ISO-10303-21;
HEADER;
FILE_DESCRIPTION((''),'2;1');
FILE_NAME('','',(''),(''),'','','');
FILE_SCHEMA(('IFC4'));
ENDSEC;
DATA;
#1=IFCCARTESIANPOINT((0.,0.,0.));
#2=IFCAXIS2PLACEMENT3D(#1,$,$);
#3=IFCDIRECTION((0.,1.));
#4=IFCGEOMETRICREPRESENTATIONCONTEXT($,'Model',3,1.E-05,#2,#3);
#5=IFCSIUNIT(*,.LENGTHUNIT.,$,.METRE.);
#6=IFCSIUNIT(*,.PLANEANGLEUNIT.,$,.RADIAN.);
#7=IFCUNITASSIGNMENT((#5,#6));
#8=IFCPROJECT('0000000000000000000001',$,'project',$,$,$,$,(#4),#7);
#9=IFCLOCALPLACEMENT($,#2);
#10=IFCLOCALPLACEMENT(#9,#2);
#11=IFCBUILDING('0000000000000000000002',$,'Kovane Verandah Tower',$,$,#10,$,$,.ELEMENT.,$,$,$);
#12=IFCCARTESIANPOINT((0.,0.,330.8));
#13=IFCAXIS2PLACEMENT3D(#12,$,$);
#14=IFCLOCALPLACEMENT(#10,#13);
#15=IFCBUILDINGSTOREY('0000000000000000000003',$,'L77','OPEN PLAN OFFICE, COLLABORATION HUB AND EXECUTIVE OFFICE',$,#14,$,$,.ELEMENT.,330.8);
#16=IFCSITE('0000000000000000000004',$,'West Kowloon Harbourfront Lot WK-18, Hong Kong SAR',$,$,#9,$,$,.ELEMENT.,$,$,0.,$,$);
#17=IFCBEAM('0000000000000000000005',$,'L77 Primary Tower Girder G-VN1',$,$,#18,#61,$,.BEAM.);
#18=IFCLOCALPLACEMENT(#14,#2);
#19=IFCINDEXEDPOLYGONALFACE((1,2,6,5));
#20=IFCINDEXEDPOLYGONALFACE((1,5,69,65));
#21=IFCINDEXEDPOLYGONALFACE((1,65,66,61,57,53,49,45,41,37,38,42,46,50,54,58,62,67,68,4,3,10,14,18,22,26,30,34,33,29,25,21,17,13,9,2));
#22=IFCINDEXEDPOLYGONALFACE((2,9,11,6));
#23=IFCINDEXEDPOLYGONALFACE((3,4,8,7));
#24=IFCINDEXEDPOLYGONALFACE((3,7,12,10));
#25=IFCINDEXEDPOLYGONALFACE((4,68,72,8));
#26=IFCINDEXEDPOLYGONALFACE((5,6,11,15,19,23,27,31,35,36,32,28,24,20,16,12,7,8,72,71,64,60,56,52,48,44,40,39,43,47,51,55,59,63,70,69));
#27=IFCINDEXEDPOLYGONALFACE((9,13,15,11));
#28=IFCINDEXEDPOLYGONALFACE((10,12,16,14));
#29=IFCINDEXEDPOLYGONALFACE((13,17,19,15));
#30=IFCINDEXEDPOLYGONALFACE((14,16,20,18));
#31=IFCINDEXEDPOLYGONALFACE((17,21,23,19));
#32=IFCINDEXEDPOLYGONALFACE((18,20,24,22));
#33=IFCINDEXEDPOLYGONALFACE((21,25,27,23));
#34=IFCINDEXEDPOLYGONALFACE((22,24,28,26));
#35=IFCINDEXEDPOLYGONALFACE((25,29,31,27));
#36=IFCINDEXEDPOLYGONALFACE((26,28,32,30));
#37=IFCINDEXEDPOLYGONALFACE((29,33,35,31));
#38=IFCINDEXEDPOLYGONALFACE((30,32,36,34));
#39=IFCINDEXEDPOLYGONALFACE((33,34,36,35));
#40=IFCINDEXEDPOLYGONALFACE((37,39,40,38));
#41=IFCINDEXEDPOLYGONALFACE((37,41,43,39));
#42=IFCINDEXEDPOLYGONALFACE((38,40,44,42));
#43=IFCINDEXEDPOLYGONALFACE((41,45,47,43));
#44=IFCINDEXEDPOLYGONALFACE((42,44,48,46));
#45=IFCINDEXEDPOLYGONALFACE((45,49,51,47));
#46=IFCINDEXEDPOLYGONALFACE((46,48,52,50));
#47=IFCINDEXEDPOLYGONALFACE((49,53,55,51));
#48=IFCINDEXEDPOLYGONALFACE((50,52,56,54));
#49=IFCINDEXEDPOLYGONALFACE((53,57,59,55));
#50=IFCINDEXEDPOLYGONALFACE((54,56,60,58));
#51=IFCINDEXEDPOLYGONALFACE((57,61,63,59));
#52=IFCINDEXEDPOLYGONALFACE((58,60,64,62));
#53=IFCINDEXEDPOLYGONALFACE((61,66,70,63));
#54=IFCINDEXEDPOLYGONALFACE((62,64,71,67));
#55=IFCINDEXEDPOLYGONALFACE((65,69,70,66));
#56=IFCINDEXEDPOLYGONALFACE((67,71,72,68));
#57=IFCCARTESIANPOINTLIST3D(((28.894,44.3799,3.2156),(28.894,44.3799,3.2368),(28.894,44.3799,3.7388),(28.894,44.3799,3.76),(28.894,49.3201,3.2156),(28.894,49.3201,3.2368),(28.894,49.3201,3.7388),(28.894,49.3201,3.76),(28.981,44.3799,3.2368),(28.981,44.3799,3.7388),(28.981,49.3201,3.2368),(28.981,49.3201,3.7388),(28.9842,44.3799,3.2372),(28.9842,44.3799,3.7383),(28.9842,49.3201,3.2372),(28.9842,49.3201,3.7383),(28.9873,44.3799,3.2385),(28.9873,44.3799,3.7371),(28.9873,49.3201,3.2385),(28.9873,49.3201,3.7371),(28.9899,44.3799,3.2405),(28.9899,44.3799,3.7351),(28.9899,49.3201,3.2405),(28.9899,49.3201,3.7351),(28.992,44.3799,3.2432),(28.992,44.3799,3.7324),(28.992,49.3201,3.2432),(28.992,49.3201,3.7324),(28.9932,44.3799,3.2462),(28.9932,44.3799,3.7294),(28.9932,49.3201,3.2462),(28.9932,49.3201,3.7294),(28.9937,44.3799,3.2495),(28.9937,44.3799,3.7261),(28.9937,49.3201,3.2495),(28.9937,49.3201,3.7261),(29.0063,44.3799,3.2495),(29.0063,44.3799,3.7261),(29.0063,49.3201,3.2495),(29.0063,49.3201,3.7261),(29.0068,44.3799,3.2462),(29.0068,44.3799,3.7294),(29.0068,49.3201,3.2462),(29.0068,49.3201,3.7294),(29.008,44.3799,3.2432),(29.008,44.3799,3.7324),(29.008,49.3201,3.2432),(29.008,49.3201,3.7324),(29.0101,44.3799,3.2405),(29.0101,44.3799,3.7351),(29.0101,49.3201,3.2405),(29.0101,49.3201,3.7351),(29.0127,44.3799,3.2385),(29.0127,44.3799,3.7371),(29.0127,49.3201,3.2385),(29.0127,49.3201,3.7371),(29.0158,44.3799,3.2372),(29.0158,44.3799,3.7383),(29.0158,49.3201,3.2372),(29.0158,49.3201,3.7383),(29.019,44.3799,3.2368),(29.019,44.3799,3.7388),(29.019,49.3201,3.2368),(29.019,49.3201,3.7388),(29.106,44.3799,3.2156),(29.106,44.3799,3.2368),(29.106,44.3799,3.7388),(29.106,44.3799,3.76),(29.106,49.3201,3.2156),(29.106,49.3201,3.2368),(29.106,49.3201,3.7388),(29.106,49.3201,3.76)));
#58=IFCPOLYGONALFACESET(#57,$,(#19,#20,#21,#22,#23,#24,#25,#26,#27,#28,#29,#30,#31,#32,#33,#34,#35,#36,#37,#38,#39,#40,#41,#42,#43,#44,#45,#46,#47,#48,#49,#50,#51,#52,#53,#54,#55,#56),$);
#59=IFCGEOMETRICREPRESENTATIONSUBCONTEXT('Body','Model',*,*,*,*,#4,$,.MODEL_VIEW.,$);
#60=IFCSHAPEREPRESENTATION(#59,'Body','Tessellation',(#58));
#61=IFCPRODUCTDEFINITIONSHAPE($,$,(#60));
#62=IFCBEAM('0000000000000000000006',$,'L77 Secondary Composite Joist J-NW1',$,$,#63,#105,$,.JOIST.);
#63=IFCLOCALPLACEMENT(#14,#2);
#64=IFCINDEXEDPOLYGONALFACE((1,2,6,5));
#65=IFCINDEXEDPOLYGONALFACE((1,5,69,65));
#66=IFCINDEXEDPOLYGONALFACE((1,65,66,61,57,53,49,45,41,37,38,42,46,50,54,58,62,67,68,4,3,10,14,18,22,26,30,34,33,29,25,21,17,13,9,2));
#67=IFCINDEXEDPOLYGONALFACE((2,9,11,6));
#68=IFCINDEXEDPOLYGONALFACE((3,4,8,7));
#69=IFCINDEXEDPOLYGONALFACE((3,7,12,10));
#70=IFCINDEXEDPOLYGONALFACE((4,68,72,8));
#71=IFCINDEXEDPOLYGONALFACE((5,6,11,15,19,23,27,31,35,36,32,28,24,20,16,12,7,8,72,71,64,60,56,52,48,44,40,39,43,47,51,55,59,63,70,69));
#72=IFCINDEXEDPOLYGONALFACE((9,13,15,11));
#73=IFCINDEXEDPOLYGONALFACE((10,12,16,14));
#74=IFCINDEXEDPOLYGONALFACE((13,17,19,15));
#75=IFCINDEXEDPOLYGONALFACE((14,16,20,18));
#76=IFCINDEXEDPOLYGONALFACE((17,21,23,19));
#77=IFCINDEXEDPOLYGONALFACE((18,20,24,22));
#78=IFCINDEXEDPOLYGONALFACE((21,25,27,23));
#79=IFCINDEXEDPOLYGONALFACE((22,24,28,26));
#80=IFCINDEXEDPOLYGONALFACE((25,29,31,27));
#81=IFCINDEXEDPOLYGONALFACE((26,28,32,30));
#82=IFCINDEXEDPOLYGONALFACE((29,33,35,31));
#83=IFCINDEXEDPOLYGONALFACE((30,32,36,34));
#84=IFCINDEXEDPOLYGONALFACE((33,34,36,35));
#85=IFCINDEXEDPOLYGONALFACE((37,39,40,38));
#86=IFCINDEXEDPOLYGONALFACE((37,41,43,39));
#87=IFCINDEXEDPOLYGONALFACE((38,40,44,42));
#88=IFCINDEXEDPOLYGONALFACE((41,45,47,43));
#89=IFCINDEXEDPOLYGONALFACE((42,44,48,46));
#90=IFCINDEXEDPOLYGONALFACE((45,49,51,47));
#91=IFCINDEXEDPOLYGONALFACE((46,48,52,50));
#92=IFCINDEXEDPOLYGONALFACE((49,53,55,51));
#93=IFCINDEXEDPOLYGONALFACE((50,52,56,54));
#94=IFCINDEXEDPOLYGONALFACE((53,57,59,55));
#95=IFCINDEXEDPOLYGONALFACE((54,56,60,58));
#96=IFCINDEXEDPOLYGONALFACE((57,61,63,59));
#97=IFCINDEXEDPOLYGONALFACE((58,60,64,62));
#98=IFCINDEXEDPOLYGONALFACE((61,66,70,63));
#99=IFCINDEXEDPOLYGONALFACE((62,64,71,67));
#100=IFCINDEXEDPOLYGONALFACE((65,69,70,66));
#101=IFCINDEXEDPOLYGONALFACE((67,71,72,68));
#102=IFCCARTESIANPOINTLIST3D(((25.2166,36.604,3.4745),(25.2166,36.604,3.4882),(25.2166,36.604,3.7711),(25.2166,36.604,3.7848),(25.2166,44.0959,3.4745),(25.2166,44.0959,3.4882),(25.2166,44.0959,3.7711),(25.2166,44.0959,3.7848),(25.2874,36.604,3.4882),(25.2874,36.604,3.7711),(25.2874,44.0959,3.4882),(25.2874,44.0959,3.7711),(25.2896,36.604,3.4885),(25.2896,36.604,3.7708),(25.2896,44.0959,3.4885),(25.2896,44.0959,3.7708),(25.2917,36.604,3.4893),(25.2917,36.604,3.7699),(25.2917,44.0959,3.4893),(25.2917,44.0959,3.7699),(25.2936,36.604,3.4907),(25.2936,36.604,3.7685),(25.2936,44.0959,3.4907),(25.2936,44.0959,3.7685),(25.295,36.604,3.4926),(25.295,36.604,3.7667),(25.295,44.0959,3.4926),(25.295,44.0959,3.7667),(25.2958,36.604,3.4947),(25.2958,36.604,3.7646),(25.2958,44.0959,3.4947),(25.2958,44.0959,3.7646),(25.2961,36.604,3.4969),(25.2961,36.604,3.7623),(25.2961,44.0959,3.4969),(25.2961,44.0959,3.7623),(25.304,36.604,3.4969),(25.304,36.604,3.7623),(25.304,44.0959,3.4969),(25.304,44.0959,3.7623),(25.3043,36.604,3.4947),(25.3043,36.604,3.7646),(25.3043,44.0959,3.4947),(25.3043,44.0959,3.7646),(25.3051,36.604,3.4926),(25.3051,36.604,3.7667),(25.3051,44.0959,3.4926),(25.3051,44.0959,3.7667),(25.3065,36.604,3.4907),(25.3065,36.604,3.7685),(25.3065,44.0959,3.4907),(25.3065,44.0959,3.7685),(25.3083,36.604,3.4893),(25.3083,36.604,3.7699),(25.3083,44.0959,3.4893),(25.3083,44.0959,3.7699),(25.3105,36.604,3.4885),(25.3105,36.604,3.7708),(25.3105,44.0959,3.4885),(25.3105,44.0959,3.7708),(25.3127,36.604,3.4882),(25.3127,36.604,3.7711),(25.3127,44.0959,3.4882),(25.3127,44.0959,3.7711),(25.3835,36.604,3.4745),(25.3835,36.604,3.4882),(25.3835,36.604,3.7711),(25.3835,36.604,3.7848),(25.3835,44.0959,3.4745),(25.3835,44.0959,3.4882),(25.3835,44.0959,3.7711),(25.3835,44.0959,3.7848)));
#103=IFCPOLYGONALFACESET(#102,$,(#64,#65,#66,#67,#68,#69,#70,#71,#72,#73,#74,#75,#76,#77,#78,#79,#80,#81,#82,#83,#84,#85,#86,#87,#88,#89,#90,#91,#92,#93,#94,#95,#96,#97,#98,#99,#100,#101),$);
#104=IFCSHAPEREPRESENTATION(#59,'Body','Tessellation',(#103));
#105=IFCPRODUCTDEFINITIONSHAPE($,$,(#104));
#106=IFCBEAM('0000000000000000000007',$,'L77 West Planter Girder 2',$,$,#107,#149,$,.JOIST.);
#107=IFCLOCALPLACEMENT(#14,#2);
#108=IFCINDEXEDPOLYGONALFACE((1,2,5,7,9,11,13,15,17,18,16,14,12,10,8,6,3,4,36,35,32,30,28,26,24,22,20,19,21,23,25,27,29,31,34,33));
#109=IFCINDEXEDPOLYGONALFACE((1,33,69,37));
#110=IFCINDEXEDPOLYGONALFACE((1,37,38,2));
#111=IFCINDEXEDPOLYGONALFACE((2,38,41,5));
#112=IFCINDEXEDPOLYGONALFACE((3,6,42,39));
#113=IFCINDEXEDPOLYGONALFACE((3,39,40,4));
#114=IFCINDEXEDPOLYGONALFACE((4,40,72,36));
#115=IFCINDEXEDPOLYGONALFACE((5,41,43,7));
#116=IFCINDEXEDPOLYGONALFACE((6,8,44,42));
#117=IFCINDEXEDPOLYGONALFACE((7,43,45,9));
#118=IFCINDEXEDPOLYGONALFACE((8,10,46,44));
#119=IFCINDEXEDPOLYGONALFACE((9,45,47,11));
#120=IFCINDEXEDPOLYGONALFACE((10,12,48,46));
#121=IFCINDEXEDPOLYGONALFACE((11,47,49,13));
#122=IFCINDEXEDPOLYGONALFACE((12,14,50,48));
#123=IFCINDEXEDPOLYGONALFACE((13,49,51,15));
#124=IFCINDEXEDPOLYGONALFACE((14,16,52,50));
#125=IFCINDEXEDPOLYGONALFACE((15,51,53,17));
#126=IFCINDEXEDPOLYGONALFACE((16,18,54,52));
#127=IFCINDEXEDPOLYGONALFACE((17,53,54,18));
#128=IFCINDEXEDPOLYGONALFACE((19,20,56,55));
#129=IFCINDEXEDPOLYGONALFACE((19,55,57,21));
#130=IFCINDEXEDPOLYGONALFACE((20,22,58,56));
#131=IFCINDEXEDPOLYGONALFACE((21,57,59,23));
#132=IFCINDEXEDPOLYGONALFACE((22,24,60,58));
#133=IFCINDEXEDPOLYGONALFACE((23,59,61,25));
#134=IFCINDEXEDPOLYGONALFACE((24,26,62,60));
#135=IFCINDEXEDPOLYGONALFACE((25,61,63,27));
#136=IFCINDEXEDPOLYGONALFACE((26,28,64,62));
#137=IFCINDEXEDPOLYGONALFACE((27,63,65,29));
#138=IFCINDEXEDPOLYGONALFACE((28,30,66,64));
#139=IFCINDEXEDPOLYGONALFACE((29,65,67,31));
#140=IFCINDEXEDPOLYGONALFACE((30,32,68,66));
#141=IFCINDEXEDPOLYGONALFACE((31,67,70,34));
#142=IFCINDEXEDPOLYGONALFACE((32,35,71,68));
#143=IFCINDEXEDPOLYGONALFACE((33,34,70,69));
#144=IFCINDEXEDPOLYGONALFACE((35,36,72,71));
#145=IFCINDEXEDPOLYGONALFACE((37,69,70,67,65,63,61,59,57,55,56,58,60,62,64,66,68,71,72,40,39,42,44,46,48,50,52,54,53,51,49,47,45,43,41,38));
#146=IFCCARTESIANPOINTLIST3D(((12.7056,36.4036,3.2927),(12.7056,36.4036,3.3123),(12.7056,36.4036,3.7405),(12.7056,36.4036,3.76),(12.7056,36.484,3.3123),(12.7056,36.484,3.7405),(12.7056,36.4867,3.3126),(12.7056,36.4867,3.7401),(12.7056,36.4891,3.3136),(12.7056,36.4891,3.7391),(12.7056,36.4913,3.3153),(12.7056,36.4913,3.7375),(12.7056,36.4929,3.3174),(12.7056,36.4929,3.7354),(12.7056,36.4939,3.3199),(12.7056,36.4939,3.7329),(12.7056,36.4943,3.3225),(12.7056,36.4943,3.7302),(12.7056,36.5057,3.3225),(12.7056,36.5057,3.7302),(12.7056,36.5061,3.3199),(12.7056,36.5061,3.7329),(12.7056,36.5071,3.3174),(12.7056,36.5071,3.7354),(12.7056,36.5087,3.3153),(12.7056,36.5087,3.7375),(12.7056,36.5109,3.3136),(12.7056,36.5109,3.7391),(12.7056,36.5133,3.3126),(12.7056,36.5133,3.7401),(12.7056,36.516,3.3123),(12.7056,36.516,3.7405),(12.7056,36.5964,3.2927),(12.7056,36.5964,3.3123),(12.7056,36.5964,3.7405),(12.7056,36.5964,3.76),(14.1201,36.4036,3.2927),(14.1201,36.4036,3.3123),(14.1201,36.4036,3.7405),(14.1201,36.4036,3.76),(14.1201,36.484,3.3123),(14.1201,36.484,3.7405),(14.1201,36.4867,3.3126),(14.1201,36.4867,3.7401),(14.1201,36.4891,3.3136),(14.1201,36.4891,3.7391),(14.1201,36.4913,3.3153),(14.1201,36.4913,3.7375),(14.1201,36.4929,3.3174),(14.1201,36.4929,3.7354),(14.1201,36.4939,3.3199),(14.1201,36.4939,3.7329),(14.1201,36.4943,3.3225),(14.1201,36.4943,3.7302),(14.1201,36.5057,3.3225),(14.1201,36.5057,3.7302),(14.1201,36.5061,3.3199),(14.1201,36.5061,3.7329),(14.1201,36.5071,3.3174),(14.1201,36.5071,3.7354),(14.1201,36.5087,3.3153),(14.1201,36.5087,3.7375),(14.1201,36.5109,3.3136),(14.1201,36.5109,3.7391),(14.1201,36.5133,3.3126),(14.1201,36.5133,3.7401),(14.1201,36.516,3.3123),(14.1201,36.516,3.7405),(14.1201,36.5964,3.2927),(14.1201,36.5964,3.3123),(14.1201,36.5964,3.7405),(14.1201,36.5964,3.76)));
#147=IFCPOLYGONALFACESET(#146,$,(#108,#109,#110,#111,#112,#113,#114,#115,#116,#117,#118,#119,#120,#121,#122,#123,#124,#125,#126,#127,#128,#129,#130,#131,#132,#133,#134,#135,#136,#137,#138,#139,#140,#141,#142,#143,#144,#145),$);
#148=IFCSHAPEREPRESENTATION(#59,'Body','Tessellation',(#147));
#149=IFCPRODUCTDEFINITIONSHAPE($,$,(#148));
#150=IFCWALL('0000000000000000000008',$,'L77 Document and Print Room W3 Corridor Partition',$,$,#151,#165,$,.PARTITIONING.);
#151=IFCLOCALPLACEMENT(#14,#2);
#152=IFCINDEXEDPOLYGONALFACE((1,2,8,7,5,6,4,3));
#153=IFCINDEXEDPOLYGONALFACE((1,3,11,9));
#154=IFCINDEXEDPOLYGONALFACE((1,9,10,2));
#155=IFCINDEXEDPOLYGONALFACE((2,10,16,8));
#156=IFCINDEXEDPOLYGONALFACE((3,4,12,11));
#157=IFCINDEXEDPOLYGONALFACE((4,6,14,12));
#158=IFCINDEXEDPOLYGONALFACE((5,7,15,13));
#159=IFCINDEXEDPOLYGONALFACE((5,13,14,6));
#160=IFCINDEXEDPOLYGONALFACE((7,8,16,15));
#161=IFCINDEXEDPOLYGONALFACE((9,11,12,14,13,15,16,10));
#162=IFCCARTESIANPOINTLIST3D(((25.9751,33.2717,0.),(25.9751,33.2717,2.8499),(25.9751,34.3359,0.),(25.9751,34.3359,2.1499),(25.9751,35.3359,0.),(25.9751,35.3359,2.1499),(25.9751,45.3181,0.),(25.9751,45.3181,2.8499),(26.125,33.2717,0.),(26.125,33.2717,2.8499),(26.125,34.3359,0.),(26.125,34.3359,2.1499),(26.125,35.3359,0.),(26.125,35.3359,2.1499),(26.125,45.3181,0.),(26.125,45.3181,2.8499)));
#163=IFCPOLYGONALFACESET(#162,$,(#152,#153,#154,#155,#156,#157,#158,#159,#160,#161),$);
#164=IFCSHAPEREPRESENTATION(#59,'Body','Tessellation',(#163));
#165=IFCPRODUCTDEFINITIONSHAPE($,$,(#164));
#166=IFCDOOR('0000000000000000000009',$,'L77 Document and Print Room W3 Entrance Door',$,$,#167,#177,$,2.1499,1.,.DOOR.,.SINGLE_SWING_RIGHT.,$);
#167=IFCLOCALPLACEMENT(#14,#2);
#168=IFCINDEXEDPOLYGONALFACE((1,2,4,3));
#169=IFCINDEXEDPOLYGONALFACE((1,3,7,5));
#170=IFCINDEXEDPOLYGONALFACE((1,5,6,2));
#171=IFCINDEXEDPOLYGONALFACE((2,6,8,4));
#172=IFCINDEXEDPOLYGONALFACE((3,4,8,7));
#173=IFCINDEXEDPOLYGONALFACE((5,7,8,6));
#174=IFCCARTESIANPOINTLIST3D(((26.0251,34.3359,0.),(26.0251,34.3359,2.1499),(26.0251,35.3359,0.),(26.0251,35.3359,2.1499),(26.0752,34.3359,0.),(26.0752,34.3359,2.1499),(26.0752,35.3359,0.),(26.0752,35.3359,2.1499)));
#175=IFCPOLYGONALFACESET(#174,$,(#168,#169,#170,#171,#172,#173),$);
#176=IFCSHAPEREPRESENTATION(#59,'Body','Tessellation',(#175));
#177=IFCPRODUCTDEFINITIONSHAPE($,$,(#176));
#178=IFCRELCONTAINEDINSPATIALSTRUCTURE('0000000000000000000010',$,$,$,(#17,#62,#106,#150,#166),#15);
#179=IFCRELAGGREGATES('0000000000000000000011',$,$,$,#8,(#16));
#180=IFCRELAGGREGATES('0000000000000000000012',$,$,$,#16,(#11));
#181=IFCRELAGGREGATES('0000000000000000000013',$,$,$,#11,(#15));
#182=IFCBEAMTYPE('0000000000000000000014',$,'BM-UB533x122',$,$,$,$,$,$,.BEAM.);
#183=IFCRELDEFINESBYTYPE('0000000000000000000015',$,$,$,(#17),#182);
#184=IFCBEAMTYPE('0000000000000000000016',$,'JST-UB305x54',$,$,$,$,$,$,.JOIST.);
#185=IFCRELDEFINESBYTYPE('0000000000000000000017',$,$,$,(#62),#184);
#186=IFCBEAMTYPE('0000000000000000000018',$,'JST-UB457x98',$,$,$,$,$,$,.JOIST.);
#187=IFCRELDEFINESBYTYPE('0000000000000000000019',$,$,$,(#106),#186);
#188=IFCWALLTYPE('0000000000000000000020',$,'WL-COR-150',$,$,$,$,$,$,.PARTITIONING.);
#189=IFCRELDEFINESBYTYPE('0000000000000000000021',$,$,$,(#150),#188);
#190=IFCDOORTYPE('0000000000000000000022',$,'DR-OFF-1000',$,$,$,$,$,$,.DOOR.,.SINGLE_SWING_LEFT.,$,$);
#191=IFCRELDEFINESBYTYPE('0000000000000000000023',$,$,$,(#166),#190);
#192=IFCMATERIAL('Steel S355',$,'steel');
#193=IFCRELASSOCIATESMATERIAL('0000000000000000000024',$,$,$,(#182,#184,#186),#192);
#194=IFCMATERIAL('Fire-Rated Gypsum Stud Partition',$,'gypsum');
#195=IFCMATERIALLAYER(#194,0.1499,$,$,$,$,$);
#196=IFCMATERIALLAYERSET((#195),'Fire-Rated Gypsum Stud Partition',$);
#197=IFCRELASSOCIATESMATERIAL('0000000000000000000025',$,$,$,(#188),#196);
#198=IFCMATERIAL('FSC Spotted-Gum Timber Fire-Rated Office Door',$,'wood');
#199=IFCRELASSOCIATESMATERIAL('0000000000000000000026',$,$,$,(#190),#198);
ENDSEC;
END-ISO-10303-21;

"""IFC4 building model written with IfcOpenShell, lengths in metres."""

from ifc_helpers import new_model, si_unit, direction, frame, frame_2d, origin, origin_2d, place, context, subcontext, project, spatial, rectangle, i_section, extrude, material, layer, layer_set, material_profile, profile_set, type_object, element, fill, save


model = new_model("IFC4")

# Units and contexts
model_context = context("Model", 3, precision=1e-05, world=origin(), true_north=direction((0.0, 1.0)))
body_context = subcontext(model_context, "Body", "Model", "MODEL_VIEW")
ifc_project = project(units=[si_unit("LENGTHUNIT", "METRE"), si_unit("PLANEANGLEUNIT", "RADIAN")], contexts=[model_context])

# Site, building, storey
site_placement = place(None, origin())
site = spatial("IfcSite", under=ifc_project, at=site_placement, Name="West Kowloon Harbourfront Lot WK-18, Hong Kong SAR", CompositionType="ELEMENT", RefElevation=0.0)
building_placement = place(site_placement, origin())
building = spatial("IfcBuilding", under=site, at=building_placement, Name="Kovane Verandah Tower", CompositionType="ELEMENT")
storey_placement = place(building_placement, frame((0.0, 0.0, 330.8)))
storey = spatial("IfcBuildingStorey", under=building, at=storey_placement, Name="L77", Description="OPEN PLAN OFFICE, COLLABORATION HUB AND EXECUTIVE OFFICE", CompositionType="ELEMENT", Elevation=330.8)

# Beams
ifc_material_1 = material(Name="Steel S355", Category="steel")
ifc_material_profile_1 = material_profile(ifc_material_1, i_section(OverallWidth=0.2119, OverallDepth=0.5444, WebThickness=0.0127, FlangeThickness=0.0212, FilletRadius=0.0127, at=origin_2d()), Name="UB533x210x122")
ifc_profile_set_1 = profile_set([ifc_material_profile_1], Name="Steel S355")
beam_type_1 = type_object("IfcBeamType", Name="BM-UB533x122", PredefinedType="BEAM", material=ifc_profile_set_1)
beam_1_placement = place(storey_placement, frame((29.0, 44.3799, 3.4878), z_axis=(0.0, 1.0, 0.0), x_axis=(-1.0, 0.0, 0.0)))
element("IfcBeam", 1, at=beam_1_placement, inside=storey, type_object=beam_type_1, Name="L77 Primary Tower Girder G-VN1", PredefinedType="BEAM", context=body_context, shape_type="SweptSolid", body=[
    extrude(i_section(OverallWidth=0.2119, OverallDepth=0.5444, WebThickness=0.0127, FlangeThickness=0.0212, FilletRadius=0.0127, at=origin_2d()), origin(), (0.0, 0.0, 1.0), 4.9402),
])
ifc_material_profile_2 = material_profile(ifc_material_1, i_section(OverallWidth=0.167, OverallDepth=0.3103, WebThickness=0.0078, FlangeThickness=0.0137, FilletRadius=0.0088, at=origin_2d()), Name="UB305x165x54")
ifc_profile_set_2 = profile_set([ifc_material_profile_2], Name="Steel S355")
beam_type_2 = type_object("IfcBeamType", Name="JST-UB305x54", PredefinedType="JOIST", material=ifc_profile_set_2)
beam_2_placement = place(storey_placement, frame((25.3, 36.604, 3.6296), z_axis=(0.0, 1.0, 0.0), x_axis=(-1.0, 0.0, 0.0)))
element("IfcBeam", 2, at=beam_2_placement, inside=storey, type_object=beam_type_2, Name="L77 Secondary Composite Joist J-NW1", PredefinedType="JOIST", context=body_context, shape_type="SweptSolid", body=[
    extrude(i_section(OverallWidth=0.167, OverallDepth=0.3103, WebThickness=0.0078, FlangeThickness=0.0137, FilletRadius=0.0088, at=origin_2d()), origin(), (0.0, 0.0, 1.0), 7.4919),
])
ifc_material_profile_3 = material_profile(ifc_material_1, i_section(OverallWidth=0.1929, OverallDepth=0.4673, WebThickness=0.0115, FlangeThickness=0.0195, FilletRadius=0.0103, at=origin_2d()), Name="UB457x191x98")
ifc_profile_set_3 = profile_set([ifc_material_profile_3], Name="Steel S355")
beam_type_3 = type_object("IfcBeamType", Name="JST-UB457x98", PredefinedType="JOIST", material=ifc_profile_set_3)
beam_3_placement = place(storey_placement, frame((14.1201, 36.5, 3.5264), z_axis=(-1.0, 0.0, 0.0), x_axis=(0.0, -1.0, 0.0)))
element("IfcBeam", 3, at=beam_3_placement, inside=storey, type_object=beam_type_3, Name="L77 West Planter Girder 2", PredefinedType="JOIST", context=body_context, shape_type="SweptSolid", body=[
    extrude(i_section(OverallWidth=0.1929, OverallDepth=0.4673, WebThickness=0.0115, FlangeThickness=0.0195, FilletRadius=0.0103, at=origin_2d()), origin(), (0.0, 0.0, 1.0), 1.4146),
])

# Wall, opening, door
ifc_material_2 = material(Name="Fire-Rated Gypsum Stud Partition", Category="gypsum")
ifc_layer_1 = layer(ifc_material_2, 0.1499)
ifc_layer_set_1 = layer_set([ifc_layer_1], Name="Fire-Rated Gypsum Stud Partition")
wall_type_1 = type_object("IfcWallType", Name="WL-COR-150", PredefinedType="PARTITIONING", material=ifc_layer_set_1)
ifc_material_3 = material(Name="FSC Spotted-Gum Timber Fire-Rated Office Door", Category="wood")
door_type_1 = type_object("IfcDoorType", Name="DR-OFF-1000", OperationType="SINGLE_SWING_LEFT", PredefinedType="DOOR", material=ifc_material_3)
wall_1_placement = place(storey_placement, frame((26.05, 33.2717, 0.0), z_axis=(0.0, 0.0, 1.0), x_axis=(0.0, 1.0, 0.0)))
wall_1 = element("IfcWall", 4, at=wall_1_placement, inside=storey, type_object=wall_type_1, Name="L77 Document and Print Room W3 Corridor Partition", PredefinedType="PARTITIONING", context=body_context, shape_type="SweptSolid", body=[
    extrude(rectangle(XDim=12.0464, YDim=0.1499, at=frame_2d((6.0232, 0.0))), origin(), (0.0, 0.0, 1.0), 2.8499),
])
opening_1_placement = place(wall_1_placement, frame((1.0642, 0.0, 0.0)))
opening_1 = element("IfcOpeningElement", 5, at=opening_1_placement, cuts=wall_1, PredefinedType="OPENING", context=body_context, shape_type="SweptSolid", body=[
    extrude(rectangle(XDim=1.0, YDim=2.1499, at=frame_2d((0.5, 1.075))), frame((0.0, 0.075, 0.0), z_axis=(0.0, -1.0, 0.0), x_axis=(1.0, 0.0, 0.0)), (0.0, 0.0, 1.0), 0.1499),
])
door_1_placement = place(opening_1_placement, origin())
door_1 = element("IfcDoor", 6, at=door_1_placement, inside=storey, type_object=door_type_1, Name="L77 Document and Print Room W3 Entrance Door", OperationType="SINGLE_SWING_RIGHT", OverallHeight=2.1499, OverallWidth=1.0, PredefinedType="DOOR", context=body_context, shape_type="SweptSolid", body=[
    extrude(rectangle(XDim=1.0, YDim=2.1499, at=frame_2d((0.5, 1.075))), frame((0.0, 0.0249, 0.0), z_axis=(0.0, -1.0, 0.0), x_axis=(1.0, 0.0, 0.0)), (0.0, 0.0, 1.0), 0.05),
])
fill(opening_1, door_1)

save(model, "model.ifc")
